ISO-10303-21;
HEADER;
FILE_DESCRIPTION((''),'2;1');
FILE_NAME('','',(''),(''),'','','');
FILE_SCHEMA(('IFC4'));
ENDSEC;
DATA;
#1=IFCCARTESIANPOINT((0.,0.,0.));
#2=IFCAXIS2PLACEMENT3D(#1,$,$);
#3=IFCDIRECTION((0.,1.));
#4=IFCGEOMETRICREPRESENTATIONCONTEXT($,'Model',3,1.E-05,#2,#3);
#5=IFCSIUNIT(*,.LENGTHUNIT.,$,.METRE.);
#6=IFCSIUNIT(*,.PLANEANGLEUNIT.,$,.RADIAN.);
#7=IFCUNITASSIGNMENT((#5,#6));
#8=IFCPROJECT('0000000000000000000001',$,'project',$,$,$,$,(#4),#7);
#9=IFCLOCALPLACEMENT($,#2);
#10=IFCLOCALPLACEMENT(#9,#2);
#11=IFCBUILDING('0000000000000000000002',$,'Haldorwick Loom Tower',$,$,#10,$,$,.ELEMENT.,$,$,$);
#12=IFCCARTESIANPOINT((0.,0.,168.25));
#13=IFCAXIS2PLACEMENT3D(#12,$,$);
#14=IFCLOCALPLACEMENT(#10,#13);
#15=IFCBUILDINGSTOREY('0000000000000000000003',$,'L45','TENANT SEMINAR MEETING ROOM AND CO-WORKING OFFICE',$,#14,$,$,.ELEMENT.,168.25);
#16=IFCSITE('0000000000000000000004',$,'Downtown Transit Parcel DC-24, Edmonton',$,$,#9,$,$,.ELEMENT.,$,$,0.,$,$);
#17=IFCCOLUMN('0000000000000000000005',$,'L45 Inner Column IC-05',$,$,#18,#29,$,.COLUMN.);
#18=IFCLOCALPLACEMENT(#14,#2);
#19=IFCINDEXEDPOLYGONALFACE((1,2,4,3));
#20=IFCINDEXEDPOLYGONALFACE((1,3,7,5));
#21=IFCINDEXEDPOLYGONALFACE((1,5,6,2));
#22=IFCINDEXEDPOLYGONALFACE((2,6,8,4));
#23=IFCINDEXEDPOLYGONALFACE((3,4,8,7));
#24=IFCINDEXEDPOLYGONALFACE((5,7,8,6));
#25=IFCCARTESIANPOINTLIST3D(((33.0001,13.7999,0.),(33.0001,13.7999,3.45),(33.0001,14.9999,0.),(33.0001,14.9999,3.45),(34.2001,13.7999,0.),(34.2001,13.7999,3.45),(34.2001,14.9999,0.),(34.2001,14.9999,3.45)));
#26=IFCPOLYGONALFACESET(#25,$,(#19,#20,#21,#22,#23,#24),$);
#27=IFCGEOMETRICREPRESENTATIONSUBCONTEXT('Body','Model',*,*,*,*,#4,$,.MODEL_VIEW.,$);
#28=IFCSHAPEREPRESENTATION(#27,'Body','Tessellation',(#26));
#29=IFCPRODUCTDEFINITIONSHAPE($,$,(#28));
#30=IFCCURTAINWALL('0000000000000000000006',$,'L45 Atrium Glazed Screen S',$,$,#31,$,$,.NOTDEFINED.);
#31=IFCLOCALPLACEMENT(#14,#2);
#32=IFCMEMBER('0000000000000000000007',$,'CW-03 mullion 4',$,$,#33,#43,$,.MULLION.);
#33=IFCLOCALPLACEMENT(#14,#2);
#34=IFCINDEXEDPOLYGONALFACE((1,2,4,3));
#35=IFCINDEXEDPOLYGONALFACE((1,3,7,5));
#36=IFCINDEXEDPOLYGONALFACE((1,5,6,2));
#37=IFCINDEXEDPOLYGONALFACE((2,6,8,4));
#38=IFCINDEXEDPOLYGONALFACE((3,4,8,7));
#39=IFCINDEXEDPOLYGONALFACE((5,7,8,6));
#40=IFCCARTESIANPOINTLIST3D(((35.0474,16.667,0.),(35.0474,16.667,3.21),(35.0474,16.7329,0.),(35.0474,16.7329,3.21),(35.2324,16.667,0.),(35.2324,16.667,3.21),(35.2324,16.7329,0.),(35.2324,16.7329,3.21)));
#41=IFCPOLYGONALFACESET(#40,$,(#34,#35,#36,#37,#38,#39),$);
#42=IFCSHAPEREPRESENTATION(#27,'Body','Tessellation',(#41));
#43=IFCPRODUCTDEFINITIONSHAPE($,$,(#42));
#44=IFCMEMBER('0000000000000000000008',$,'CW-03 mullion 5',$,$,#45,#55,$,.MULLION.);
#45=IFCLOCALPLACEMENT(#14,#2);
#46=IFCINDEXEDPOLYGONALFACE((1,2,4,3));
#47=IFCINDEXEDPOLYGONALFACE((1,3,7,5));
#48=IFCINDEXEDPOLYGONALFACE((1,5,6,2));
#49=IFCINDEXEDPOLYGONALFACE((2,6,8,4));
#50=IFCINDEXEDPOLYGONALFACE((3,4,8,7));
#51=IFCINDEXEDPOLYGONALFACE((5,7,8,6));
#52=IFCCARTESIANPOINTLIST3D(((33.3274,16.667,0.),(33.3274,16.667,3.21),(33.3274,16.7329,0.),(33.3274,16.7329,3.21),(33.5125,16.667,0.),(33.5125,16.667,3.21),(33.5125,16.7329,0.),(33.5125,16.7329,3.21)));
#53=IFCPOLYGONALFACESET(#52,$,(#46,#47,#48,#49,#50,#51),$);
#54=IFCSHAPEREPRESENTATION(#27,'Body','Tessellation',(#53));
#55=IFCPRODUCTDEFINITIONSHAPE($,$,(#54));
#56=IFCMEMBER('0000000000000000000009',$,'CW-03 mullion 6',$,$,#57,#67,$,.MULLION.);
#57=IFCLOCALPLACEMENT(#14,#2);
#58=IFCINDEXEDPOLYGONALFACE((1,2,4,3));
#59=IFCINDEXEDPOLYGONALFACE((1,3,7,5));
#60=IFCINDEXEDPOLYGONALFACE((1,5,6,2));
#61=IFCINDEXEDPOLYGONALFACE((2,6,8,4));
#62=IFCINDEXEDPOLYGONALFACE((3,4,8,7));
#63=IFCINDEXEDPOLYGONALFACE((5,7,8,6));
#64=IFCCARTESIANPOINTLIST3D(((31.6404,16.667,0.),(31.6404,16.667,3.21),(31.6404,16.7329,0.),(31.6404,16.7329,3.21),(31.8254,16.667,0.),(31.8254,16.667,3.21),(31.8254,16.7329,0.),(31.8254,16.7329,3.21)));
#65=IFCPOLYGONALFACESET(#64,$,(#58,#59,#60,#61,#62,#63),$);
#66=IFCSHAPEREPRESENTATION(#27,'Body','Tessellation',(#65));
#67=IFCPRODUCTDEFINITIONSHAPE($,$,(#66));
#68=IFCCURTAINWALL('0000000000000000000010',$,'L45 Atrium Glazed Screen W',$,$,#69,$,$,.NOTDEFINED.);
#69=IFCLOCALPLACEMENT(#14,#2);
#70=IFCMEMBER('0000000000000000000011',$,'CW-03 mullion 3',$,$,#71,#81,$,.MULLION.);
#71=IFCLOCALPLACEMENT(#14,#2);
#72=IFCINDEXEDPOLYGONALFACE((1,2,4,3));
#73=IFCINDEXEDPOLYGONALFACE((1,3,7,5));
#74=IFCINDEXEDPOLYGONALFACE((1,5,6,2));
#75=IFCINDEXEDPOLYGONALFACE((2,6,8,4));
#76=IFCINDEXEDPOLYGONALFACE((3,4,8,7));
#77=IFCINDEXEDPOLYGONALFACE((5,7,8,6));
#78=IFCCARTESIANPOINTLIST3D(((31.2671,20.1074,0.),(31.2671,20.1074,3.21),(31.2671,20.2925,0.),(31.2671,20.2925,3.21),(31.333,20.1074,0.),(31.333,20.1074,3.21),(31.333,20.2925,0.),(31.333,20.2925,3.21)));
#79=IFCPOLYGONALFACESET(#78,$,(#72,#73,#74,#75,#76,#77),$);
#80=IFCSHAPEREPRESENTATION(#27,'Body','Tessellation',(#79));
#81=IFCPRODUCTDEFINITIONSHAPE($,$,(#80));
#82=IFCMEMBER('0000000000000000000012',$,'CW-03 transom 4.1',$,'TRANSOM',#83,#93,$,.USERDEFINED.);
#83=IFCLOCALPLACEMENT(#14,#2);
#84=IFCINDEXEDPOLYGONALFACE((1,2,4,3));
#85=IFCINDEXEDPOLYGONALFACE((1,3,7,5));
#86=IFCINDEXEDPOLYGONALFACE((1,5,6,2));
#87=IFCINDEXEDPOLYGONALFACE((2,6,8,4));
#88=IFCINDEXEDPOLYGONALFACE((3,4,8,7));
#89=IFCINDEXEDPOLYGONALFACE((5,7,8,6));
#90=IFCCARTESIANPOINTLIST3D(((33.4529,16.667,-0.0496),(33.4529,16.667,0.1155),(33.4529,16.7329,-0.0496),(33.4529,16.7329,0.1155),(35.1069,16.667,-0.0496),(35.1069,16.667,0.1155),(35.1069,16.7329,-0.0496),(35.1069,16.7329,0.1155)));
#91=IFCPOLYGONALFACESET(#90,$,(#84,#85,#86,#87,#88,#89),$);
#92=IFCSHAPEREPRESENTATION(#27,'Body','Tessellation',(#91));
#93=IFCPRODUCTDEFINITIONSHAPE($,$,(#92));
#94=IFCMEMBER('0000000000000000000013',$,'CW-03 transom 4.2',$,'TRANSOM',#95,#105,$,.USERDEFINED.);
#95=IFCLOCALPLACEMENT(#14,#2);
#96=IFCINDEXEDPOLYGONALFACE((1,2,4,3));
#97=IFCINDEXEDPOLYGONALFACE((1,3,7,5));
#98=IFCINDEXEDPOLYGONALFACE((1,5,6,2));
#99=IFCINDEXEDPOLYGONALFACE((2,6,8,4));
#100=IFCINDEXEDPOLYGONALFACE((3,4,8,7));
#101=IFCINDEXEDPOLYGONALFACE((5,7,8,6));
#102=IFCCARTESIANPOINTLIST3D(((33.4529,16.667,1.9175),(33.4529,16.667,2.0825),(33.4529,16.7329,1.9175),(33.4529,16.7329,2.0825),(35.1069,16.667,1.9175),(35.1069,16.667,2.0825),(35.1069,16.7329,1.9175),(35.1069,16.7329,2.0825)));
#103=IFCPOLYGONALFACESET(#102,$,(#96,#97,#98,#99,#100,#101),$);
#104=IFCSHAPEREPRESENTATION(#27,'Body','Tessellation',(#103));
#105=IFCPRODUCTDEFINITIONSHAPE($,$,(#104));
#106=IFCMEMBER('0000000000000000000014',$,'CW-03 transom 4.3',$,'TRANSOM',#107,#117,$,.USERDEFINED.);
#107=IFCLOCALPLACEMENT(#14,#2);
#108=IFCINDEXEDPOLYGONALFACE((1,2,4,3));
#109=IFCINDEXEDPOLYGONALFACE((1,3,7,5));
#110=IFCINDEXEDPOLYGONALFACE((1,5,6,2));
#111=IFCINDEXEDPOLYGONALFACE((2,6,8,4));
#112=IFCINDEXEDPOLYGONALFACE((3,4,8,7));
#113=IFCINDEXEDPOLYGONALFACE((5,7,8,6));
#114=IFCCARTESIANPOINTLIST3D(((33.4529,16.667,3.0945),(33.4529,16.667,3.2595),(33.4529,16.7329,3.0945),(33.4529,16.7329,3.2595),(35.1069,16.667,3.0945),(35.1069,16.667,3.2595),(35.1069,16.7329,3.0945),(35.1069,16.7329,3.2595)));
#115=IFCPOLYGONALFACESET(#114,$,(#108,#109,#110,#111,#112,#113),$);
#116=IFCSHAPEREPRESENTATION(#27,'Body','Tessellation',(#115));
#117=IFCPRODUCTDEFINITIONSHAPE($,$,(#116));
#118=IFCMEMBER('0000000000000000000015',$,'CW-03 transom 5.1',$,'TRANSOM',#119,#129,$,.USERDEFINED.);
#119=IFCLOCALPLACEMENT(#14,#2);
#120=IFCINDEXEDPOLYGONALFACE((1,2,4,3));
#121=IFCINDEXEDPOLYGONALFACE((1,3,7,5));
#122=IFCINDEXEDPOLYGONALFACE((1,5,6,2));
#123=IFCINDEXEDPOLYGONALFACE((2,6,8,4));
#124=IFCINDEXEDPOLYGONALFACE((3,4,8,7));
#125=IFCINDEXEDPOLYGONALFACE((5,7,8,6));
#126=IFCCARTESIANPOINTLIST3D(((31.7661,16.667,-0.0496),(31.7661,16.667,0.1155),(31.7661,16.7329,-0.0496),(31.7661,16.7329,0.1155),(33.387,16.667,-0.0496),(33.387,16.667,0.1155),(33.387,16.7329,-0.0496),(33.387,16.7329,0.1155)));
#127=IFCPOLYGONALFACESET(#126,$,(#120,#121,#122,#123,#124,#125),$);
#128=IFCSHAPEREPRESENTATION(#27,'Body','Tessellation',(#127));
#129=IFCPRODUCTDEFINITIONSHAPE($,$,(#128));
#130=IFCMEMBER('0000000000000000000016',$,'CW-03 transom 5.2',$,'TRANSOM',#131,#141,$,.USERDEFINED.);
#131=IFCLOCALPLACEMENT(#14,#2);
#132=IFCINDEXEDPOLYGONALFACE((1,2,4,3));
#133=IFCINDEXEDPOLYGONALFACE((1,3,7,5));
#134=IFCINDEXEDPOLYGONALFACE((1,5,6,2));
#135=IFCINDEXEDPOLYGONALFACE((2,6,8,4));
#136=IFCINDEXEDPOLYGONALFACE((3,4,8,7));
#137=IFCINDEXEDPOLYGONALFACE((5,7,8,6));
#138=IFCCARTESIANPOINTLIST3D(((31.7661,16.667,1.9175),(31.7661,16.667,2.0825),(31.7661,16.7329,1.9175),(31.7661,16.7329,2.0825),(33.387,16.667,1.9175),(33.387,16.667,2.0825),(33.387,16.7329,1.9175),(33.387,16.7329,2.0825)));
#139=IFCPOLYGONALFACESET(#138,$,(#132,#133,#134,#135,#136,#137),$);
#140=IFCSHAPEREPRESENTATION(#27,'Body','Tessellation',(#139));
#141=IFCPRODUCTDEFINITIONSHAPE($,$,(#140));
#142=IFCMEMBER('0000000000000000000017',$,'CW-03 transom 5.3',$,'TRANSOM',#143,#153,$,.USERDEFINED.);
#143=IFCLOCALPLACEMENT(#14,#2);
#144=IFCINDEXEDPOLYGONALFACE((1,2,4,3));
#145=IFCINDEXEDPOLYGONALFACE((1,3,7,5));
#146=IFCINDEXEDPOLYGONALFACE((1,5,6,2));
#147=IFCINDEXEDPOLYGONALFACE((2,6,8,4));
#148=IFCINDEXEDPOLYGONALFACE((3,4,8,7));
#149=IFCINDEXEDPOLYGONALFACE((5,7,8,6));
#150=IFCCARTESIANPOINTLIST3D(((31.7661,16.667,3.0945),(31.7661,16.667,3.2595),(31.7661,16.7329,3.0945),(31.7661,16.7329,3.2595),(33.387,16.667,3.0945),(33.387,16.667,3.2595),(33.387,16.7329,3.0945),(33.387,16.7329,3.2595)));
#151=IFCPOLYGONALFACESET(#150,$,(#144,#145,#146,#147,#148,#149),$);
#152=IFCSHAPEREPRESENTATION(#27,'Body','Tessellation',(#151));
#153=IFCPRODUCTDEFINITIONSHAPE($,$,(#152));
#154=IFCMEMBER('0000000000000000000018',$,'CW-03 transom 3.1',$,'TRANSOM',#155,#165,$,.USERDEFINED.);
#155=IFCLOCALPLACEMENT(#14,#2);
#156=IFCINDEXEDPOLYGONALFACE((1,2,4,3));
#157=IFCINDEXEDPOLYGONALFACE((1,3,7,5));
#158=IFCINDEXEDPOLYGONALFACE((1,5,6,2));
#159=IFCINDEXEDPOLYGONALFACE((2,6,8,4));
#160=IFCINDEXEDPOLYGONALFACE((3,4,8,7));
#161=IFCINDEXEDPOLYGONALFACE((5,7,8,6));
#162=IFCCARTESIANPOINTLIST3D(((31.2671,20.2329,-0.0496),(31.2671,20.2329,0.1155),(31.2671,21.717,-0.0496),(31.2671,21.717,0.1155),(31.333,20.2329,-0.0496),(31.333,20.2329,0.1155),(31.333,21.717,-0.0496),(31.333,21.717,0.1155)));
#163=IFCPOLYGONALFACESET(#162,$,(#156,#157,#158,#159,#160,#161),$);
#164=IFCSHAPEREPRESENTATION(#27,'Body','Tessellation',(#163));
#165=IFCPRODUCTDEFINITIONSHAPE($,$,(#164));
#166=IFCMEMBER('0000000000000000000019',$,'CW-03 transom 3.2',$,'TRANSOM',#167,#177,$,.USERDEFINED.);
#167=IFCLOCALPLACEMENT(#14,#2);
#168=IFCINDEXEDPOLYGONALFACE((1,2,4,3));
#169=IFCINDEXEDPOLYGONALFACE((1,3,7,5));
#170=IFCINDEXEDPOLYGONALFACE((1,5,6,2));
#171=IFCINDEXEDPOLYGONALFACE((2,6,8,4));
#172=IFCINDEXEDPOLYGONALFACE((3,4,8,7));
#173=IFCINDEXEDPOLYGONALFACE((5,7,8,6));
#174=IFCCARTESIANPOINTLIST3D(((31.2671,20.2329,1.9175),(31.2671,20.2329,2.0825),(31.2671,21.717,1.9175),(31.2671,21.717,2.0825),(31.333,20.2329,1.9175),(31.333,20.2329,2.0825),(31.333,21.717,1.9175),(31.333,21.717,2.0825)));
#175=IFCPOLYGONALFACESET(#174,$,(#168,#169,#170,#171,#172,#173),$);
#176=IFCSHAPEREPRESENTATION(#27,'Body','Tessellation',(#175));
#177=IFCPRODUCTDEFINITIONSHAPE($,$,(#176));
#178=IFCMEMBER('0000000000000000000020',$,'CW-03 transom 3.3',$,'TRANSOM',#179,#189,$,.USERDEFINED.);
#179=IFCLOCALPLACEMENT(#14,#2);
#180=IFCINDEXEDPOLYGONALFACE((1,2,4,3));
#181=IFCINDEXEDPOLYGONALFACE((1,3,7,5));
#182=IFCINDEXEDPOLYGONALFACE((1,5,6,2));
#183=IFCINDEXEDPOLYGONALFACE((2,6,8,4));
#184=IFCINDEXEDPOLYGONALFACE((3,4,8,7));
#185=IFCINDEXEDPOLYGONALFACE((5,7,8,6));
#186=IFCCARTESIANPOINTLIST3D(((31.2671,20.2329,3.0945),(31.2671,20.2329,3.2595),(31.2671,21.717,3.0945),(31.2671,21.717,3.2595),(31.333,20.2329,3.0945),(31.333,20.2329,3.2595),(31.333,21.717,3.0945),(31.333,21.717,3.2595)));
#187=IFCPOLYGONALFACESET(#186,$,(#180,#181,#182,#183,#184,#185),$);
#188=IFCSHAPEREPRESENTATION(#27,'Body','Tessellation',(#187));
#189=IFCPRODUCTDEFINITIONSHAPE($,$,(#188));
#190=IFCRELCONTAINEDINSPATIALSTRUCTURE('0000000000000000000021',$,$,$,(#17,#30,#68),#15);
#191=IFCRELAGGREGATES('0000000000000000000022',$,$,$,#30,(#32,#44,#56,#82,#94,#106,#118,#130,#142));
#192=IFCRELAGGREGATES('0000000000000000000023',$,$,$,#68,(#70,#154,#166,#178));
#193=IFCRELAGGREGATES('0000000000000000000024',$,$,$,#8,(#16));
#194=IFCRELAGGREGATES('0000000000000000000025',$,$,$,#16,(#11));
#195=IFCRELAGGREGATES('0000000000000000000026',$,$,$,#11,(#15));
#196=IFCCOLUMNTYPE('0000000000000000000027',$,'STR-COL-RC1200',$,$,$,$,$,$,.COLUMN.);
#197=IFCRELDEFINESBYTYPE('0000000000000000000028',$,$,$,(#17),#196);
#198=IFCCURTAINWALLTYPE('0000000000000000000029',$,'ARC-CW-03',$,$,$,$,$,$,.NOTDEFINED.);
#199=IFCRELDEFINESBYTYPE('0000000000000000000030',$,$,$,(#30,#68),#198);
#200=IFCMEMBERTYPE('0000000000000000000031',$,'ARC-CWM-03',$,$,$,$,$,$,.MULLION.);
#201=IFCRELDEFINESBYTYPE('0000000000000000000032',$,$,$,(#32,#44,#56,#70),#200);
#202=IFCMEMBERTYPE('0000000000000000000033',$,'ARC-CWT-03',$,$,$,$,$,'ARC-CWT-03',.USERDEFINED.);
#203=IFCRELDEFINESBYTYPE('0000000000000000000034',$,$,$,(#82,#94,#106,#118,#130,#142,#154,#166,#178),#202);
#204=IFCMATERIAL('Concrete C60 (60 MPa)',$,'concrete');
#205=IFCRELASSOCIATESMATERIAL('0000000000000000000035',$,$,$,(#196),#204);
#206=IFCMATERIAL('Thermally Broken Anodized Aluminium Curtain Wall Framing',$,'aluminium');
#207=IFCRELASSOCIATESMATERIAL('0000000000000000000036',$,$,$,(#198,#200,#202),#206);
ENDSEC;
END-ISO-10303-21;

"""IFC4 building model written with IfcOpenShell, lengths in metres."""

from ifc_helpers import new_model, si_unit, direction, frame, origin, origin_2d, place, context, subcontext, project, spatial, rectangle, extrude, material, material_profile, profile_set, type_object, element, aggregate, save


model = new_model("IFC4")

# Units and contexts
model_context = context("Model", 3, precision=1e-05, world=origin(), true_north=direction((0.0, 1.0)))
body_context = subcontext(model_context, "Body", "Model", "MODEL_VIEW")
ifc_project = project(units=[si_unit("LENGTHUNIT", "METRE"), si_unit("PLANEANGLEUNIT", "RADIAN")], contexts=[model_context])

# Site, building, storey
site_placement = place(None, origin())
site = spatial("IfcSite", under=ifc_project, at=site_placement, Name="Downtown Transit Parcel DC-24, Edmonton", CompositionType="ELEMENT", RefElevation=0.0)
building_placement = place(site_placement, origin())
building = spatial("IfcBuilding", under=site, at=building_placement, Name="Haldorwick Loom Tower", CompositionType="ELEMENT")
storey_placement = place(building_placement, frame((0.0, 0.0, 168.25)))
storey = spatial("IfcBuildingStorey", under=building, at=storey_placement, Name="L45", Description="TENANT SEMINAR MEETING ROOM AND CO-WORKING OFFICE", CompositionType="ELEMENT", Elevation=168.25)

# Column
ifc_material_1 = material(Name="Concrete C60 (60 MPa)", Category="concrete")
ifc_material_profile_1 = material_profile(ifc_material_1, rectangle(XDim=1.2, YDim=1.2, at=origin_2d()), Name="RC1200X1200", Category="concrete")
ifc_profile_set_1 = profile_set([ifc_material_profile_1], Name="Concrete C60 (60 MPa)")
column_type = type_object("IfcColumnType", Name="STR-COL-RC1200", PredefinedType="COLUMN", material=ifc_profile_set_1)
column_placement = place(storey_placement, frame((33.6001, 14.3999, 0.0), z_axis=(0.0, 0.0, 1.0), x_axis=(1.0, 0.0, 0.0)))
element("IfcColumn", 1, at=column_placement, inside=storey, type_object=column_type, Name="L45 Inner Column IC-05", PredefinedType="COLUMN", context=body_context, shape_type="SweptSolid", body=[
    extrude(rectangle(XDim=1.2, YDim=1.2, at=origin_2d()), origin(), (0.0, 0.0, 1.0), 3.45),
])

# Curtain wall, members
ifc_material_2 = material(Name="Thermally Broken Anodized Aluminium Curtain Wall Framing", Category="aluminium")
curtain_wall_type = type_object("IfcCurtainWallType", Name="ARC-CW-03", PredefinedType="NOTDEFINED", material=ifc_material_2)
curtain_wall_1_placement = place(storey_placement, origin())
curtain_wall_1 = element("IfcCurtainWall", 2, at=curtain_wall_1_placement, inside=storey, type_object=curtain_wall_type, Name="L45 Atrium Glazed Screen S", PredefinedType="NOTDEFINED")
ifc_material_profile_2 = material_profile(ifc_material_2, rectangle(XDim=0.0659, YDim=0.1851, at=origin_2d()), Name="ALU_MUL_66X185", Category="aluminium")
ifc_profile_set_2 = profile_set([ifc_material_profile_2], Name="Thermally Broken Anodized Aluminium Curtain Wall Framing")
member_type_1 = type_object("IfcMemberType", Name="ARC-CWM-03", PredefinedType="MULLION", material=ifc_profile_set_2)
member_1_placement = place(storey_placement, frame((35.1399, 16.7, 0.0), z_axis=(0.0, 0.0, 1.0), x_axis=(0.0, -1.0, 0.0)))
member_1 = element("IfcMember", 3, at=member_1_placement, type_object=member_type_1, Name="CW-03 mullion 4", PredefinedType="MULLION", context=body_context, shape_type="SweptSolid", body=[
    extrude(rectangle(XDim=0.0659, YDim=0.1851, at=origin_2d()), origin(), (0.0, 0.0, 1.0), 3.21),
])
member_2_placement = place(storey_placement, frame((33.4199, 16.7, 0.0), z_axis=(0.0, 0.0, 1.0), x_axis=(0.0, -1.0, 0.0)))
member_2 = element("IfcMember", 4, at=member_2_placement, type_object=member_type_1, Name="CW-03 mullion 5", PredefinedType="MULLION", context=body_context, shape_type="SweptSolid", body=[
    extrude(rectangle(XDim=0.0659, YDim=0.1851, at=origin_2d()), origin(), (0.0, 0.0, 1.0), 3.21),
])
member_3_placement = place(storey_placement, frame((31.7329, 16.7, 0.0), z_axis=(0.0, 0.0, 1.0), x_axis=(0.0, -1.0, 0.0)))
member_3 = element("IfcMember", 5, at=member_3_placement, type_object=member_type_1, Name="CW-03 mullion 6", PredefinedType="MULLION", context=body_context, shape_type="SweptSolid", body=[
    extrude(rectangle(XDim=0.0659, YDim=0.1851, at=origin_2d()), origin(), (0.0, 0.0, 1.0), 3.21),
])

# Curtain wall, member
curtain_wall_2_placement = place(storey_placement, origin())
curtain_wall_2 = element("IfcCurtainWall", 6, at=curtain_wall_2_placement, inside=storey, type_object=curtain_wall_type, Name="L45 Atrium Glazed Screen W", PredefinedType="NOTDEFINED")
member_4_placement = place(storey_placement, frame((31.3, 20.2, 0.0), z_axis=(0.0, 0.0, 1.0), x_axis=(-1.0, 0.0, 0.0)))
member_4 = element("IfcMember", 7, at=member_4_placement, type_object=member_type_1, Name="CW-03 mullion 3", PredefinedType="MULLION", context=body_context, shape_type="SweptSolid", body=[
    extrude(rectangle(XDim=0.0659, YDim=0.1851, at=origin_2d()), origin(), (0.0, 0.0, 1.0), 3.21),
])

# Members
ifc_material_profile_3 = material_profile(ifc_material_2, rectangle(XDim=0.0659, YDim=0.165, at=origin_2d()), Name="ALU_TRN_66X165", Category="aluminium")
ifc_profile_set_3 = profile_set([ifc_material_profile_3], Name="Thermally Broken Anodized Aluminium Curtain Wall Framing")
member_type_2 = type_object("IfcMemberType", Name="ARC-CWT-03", ElementType="ARC-CWT-03", PredefinedType="USERDEFINED", material=ifc_profile_set_3)
member_5_placement = place(storey_placement, frame((35.1069, 16.7, 0.033), z_axis=(-1.0, 0.0, 0.0), x_axis=(0.0, -1.0, 0.0)))
member_5 = element("IfcMember", 8, at=member_5_placement, type_object=member_type_2, Name="CW-03 transom 4.1", ObjectType="TRANSOM", PredefinedType="USERDEFINED", context=body_context, shape_type="SweptSolid", body=[
    extrude(rectangle(XDim=0.0659, YDim=0.165, at=origin_2d()), origin(), (0.0, 0.0, 1.0), 1.6541),
])
member_6_placement = place(storey_placement, frame((35.1069, 16.7, 2.0), z_axis=(-1.0, 0.0, 0.0), x_axis=(0.0, -1.0, 0.0)))
member_6 = element("IfcMember", 9, at=member_6_placement, type_object=member_type_2, Name="CW-03 transom 4.2", ObjectType="TRANSOM", PredefinedType="USERDEFINED", context=body_context, shape_type="SweptSolid", body=[
    extrude(rectangle(XDim=0.0659, YDim=0.165, at=origin_2d()), origin(), (0.0, 0.0, 1.0), 1.6541),
])
member_7_placement = place(storey_placement, frame((35.1069, 16.7, 3.177), z_axis=(-1.0, 0.0, 0.0), x_axis=(0.0, -1.0, 0.0)))
member_7 = element("IfcMember", 10, at=member_7_placement, type_object=member_type_2, Name="CW-03 transom 4.3", ObjectType="TRANSOM", PredefinedType="USERDEFINED", context=body_context, shape_type="SweptSolid", body=[
    extrude(rectangle(XDim=0.0659, YDim=0.165, at=origin_2d()), origin(), (0.0, 0.0, 1.0), 1.6541),
])
member_8_placement = place(storey_placement, frame((33.387, 16.7, 0.033), z_axis=(-1.0, 0.0, 0.0), x_axis=(0.0, -1.0, 0.0)))
member_8 = element("IfcMember", 11, at=member_8_placement, type_object=member_type_2, Name="CW-03 transom 5.1", ObjectType="TRANSOM", PredefinedType="USERDEFINED", context=body_context, shape_type="SweptSolid", body=[
    extrude(rectangle(XDim=0.0659, YDim=0.165, at=origin_2d()), origin(), (0.0, 0.0, 1.0), 1.6208),
])
member_9_placement = place(storey_placement, frame((33.387, 16.7, 2.0), z_axis=(-1.0, 0.0, 0.0), x_axis=(0.0, -1.0, 0.0)))
member_9 = element("IfcMember", 12, at=member_9_placement, type_object=member_type_2, Name="CW-03 transom 5.2", ObjectType="TRANSOM", PredefinedType="USERDEFINED", context=body_context, shape_type="SweptSolid", body=[
    extrude(rectangle(XDim=0.0659, YDim=0.165, at=origin_2d()), origin(), (0.0, 0.0, 1.0), 1.6208),
])
member_10_placement = place(storey_placement, frame((33.387, 16.7, 3.177), z_axis=(-1.0, 0.0, 0.0), x_axis=(0.0, -1.0, 0.0)))
member_10 = element("IfcMember", 13, at=member_10_placement, type_object=member_type_2, Name="CW-03 transom 5.3", ObjectType="TRANSOM", PredefinedType="USERDEFINED", context=body_context, shape_type="SweptSolid", body=[
    extrude(rectangle(XDim=0.0659, YDim=0.165, at=origin_2d()), origin(), (0.0, 0.0, 1.0), 1.6208),
])
member_11_placement = place(storey_placement, frame((31.3, 20.2329, 0.033), z_axis=(0.0, 1.0, 0.0), x_axis=(-1.0, 0.0, 0.0)))
member_11 = element("IfcMember", 14, at=member_11_placement, type_object=member_type_2, Name="CW-03 transom 3.1", ObjectType="TRANSOM", PredefinedType="USERDEFINED", context=body_context, shape_type="SweptSolid", body=[
    extrude(rectangle(XDim=0.0659, YDim=0.165, at=origin_2d()), origin(), (0.0, 0.0, 1.0), 1.4841),
])
member_12_placement = place(storey_placement, frame((31.3, 20.2329, 2.0), z_axis=(0.0, 1.0, 0.0), x_axis=(-1.0, 0.0, 0.0)))
member_12 = element("IfcMember", 15, at=member_12_placement, type_object=member_type_2, Name="CW-03 transom 3.2", ObjectType="TRANSOM", PredefinedType="USERDEFINED", context=body_context, shape_type="SweptSolid", body=[
    extrude(rectangle(XDim=0.0659, YDim=0.165, at=origin_2d()), origin(), (0.0, 0.0, 1.0), 1.4841),
])
member_13_placement = place(storey_placement, frame((31.3, 20.2329, 3.177), z_axis=(0.0, 1.0, 0.0), x_axis=(-1.0, 0.0, 0.0)))
member_13 = element("IfcMember", 16, at=member_13_placement, type_object=member_type_2, Name="CW-03 transom 3.3", ObjectType="TRANSOM", PredefinedType="USERDEFINED", context=body_context, shape_type="SweptSolid", body=[
    extrude(rectangle(XDim=0.0659, YDim=0.165, at=origin_2d()), origin(), (0.0, 0.0, 1.0), 1.4841),
])

aggregate(curtain_wall_1, [member_1, member_2, member_3, member_5, member_6, member_7, member_8, member_9, member_10])
aggregate(curtain_wall_2, [member_4, member_11, member_12, member_13])

save(model, "model.ifc")
